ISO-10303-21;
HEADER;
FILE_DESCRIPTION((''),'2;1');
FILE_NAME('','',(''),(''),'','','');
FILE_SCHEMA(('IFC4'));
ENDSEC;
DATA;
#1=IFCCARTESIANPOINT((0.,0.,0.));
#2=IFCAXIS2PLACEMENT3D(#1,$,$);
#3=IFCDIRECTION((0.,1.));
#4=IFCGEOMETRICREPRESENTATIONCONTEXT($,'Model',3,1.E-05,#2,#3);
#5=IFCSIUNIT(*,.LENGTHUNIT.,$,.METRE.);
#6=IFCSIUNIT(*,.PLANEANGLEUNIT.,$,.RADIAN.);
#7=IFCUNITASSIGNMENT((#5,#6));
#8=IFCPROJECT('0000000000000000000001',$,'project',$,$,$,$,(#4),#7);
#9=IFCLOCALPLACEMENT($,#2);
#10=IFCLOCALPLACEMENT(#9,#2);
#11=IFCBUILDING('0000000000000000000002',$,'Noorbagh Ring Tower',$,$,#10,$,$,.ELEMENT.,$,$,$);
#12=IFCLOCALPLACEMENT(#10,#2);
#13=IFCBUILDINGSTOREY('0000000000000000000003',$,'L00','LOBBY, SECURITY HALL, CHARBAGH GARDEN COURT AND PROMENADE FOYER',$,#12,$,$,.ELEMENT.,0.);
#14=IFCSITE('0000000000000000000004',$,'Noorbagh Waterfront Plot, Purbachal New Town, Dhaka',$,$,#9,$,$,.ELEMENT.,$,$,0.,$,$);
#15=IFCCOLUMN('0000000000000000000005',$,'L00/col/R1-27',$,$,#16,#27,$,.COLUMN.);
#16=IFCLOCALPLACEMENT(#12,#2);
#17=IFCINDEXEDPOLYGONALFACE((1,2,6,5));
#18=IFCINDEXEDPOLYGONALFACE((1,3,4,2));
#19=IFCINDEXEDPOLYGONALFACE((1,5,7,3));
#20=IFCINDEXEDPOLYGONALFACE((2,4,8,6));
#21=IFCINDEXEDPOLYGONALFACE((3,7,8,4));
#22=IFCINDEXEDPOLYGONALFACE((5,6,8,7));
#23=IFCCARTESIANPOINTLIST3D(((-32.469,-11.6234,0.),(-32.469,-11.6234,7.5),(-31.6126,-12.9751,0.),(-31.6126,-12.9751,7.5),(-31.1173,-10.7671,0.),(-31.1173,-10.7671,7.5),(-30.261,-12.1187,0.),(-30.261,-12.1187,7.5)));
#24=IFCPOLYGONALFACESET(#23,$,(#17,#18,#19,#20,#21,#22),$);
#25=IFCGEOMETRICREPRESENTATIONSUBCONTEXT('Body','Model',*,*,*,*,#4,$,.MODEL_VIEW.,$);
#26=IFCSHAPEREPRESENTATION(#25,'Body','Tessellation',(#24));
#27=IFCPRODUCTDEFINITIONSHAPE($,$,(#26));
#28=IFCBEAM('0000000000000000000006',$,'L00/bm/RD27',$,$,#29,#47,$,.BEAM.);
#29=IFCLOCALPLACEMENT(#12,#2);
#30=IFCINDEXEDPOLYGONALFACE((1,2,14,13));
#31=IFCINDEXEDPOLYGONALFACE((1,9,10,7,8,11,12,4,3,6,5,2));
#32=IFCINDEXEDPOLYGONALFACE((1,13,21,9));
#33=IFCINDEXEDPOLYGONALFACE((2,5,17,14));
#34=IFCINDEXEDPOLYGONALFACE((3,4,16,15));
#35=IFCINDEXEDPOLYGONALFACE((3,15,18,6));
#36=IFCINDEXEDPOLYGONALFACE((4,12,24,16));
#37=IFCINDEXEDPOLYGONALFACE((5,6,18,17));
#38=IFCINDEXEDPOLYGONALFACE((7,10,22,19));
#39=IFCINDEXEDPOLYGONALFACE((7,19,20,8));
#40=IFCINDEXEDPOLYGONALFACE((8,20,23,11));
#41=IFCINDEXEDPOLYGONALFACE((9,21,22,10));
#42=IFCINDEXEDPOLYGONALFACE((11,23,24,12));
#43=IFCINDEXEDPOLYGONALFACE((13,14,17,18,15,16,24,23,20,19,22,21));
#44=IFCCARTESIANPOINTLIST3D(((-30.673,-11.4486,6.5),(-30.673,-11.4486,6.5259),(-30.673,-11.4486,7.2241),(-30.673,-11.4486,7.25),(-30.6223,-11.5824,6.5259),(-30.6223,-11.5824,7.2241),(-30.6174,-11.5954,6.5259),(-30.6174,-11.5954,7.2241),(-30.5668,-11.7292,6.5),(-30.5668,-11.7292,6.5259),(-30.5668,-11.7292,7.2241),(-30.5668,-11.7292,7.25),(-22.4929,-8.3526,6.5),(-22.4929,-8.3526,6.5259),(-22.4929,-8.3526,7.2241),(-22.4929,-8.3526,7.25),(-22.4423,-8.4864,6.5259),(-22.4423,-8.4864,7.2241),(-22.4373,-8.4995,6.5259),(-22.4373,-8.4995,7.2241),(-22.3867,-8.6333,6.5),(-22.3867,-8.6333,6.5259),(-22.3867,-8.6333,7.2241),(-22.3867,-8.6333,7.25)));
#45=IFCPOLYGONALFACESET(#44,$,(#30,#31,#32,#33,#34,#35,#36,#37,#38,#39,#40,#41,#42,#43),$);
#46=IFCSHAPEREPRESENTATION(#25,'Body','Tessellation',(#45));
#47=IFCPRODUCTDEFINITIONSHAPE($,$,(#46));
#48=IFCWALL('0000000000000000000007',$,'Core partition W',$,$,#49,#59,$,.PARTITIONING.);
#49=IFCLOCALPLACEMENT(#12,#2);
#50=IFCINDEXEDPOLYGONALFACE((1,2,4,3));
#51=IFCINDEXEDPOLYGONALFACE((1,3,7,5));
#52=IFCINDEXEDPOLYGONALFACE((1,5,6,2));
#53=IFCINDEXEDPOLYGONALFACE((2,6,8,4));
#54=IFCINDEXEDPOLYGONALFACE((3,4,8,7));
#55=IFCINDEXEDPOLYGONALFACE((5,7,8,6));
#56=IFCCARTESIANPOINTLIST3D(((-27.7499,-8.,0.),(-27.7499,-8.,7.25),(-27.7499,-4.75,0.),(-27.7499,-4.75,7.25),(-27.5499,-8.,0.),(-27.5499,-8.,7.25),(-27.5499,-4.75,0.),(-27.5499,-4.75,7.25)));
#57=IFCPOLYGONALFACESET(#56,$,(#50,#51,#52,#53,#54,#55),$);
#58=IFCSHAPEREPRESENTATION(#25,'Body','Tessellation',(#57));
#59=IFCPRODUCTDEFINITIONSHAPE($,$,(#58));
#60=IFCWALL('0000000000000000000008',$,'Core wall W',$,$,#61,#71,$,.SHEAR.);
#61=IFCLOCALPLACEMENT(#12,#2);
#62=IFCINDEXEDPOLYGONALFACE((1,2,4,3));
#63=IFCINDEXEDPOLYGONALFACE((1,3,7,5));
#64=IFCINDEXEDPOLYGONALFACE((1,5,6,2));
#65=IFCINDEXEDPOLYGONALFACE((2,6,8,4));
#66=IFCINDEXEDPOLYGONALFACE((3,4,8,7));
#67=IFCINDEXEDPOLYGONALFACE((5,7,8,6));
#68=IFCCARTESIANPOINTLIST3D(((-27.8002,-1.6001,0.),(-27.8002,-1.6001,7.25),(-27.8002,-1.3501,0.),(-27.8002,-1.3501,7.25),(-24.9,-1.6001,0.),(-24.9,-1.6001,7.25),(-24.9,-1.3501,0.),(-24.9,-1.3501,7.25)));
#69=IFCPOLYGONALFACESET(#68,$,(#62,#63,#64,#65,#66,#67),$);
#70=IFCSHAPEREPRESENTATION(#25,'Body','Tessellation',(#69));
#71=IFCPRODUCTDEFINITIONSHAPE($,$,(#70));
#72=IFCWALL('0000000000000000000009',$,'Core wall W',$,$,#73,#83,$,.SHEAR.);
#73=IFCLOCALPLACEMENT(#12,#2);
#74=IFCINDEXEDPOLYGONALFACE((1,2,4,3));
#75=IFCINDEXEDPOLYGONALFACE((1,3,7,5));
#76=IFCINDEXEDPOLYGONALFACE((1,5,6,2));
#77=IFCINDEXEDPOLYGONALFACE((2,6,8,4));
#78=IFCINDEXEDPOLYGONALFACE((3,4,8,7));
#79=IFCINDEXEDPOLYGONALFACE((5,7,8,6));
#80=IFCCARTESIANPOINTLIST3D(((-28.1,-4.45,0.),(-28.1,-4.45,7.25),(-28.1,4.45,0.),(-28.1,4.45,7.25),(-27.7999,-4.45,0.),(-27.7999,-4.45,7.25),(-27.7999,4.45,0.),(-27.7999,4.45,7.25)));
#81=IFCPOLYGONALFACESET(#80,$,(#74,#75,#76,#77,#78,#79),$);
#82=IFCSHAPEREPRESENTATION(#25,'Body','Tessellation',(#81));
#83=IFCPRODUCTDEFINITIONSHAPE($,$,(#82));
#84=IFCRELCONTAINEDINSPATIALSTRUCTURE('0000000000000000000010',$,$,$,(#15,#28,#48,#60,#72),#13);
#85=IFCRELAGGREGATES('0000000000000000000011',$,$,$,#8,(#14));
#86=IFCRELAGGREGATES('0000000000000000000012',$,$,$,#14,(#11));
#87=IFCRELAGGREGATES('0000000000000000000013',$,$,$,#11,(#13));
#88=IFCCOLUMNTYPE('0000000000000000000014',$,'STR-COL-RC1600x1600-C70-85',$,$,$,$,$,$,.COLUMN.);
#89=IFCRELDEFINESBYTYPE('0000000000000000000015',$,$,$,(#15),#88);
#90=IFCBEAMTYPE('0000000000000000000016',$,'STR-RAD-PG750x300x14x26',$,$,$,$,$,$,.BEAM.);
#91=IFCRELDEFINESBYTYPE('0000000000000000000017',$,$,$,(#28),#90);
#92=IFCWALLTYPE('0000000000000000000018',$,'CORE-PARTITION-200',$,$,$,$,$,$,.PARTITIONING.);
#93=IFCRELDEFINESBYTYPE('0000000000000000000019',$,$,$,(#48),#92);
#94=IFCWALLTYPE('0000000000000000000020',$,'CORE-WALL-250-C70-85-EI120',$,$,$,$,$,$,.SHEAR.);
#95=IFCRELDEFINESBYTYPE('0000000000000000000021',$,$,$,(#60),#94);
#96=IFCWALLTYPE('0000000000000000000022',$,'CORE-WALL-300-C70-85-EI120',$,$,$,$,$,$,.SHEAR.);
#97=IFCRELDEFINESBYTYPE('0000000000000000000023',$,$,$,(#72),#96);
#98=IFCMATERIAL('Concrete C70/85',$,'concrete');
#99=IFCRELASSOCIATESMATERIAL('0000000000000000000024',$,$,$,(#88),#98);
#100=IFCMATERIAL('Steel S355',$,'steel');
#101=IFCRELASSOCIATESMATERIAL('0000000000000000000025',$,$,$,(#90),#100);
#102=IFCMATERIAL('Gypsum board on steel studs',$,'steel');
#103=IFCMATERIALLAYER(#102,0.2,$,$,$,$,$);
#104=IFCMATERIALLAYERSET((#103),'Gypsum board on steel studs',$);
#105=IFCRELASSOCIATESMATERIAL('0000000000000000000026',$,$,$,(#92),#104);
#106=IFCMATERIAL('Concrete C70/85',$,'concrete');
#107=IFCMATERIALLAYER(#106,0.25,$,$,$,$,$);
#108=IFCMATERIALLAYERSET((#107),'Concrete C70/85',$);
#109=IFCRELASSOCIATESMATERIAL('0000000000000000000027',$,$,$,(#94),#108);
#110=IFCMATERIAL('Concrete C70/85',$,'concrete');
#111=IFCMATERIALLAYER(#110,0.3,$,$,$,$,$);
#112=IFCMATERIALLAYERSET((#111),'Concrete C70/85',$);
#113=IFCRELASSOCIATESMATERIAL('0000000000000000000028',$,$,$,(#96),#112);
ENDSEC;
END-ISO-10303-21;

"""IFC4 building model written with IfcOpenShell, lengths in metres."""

from ifc_helpers import new_model, si_unit, direction, frame, frame_2d, origin, origin_2d, place, context, subcontext, project, spatial, rectangle, i_section, extrude, material, layer, layer_set, material_profile, profile_set, type_object, element, save


model = new_model("IFC4")

# Units and contexts
model_context = context("Model", 3, precision=1e-05, world=origin(), true_north=direction((0.0, 1.0)))
body_context = subcontext(model_context, "Body", "Model", "MODEL_VIEW")
ifc_project = project(units=[si_unit("LENGTHUNIT", "METRE"), si_unit("PLANEANGLEUNIT", "RADIAN")], contexts=[model_context])

# Site, building, storey
site_placement = place(None, origin())
site = spatial("IfcSite", under=ifc_project, at=site_placement, Name="Noorbagh Waterfront Plot, Purbachal New Town, Dhaka", CompositionType="ELEMENT", RefElevation=0.0)
building_placement = place(site_placement, origin())
building = spatial("IfcBuilding", under=site, at=building_placement, Name="Noorbagh Ring Tower", CompositionType="ELEMENT")
storey_placement = place(building_placement, origin())
storey = spatial("IfcBuildingStorey", under=building, at=storey_placement, Name="L00", Description="LOBBY, SECURITY HALL, CHARBAGH GARDEN COURT AND PROMENADE FOYER", CompositionType="ELEMENT", Elevation=0.0)

# Column
ifc_material_1 = material(Name="Concrete C70/85", Category="concrete")
ifc_material_profile_1 = material_profile(ifc_material_1, rectangle(XDim=1.6001, YDim=1.6001, at=origin_2d()), Name="RC1600x1600")
ifc_profile_set_1 = profile_set([ifc_material_profile_1], Name="Concrete C70/85")
column_type = type_object("IfcColumnType", Name="STR-COL-RC1600x1600-C70-85", PredefinedType="COLUMN", material=ifc_profile_set_1)
column_placement = place(storey_placement, frame((-31.365, -11.8711, 0.0), z_axis=(0.0, 0.0, 1.0), x_axis=(0.53519, -0.844731, 0.0)))
element("IfcColumn", 1, at=column_placement, inside=storey, type_object=column_type, Name="L00/col/R1-27", PredefinedType="COLUMN", context=body_context, shape_type="SweptSolid", body=[
    extrude(rectangle(XDim=1.6001, YDim=1.6001, at=origin_2d()), origin(), (0.0, 0.0, 1.0), 7.5),
])

# Beam
ifc_material_2 = material(Name="Steel S355", Category="steel")
ifc_material_profile_2 = material_profile(ifc_material_2, i_section(OverallWidth=0.3, OverallDepth=0.75, WebThickness=0.0139, FlangeThickness=0.0259, at=origin_2d()), Name="PG750x300x14x26")
ifc_profile_set_2 = profile_set([ifc_material_profile_2], Name="Steel S355")
beam_type = type_object("IfcBeamType", Name="STR-RAD-PG750x300x14x26", PredefinedType="BEAM", material=ifc_profile_set_2)
beam_placement = place(storey_placement, frame((-30.6199, -11.5889, 6.875), z_axis=(0.935258, 0.353967, 0.0), x_axis=(-0.353967, 0.935258, 0.0)))
element("IfcBeam", 2, at=beam_placement, inside=storey, type_object=beam_type, Name="L00/bm/RD27", PredefinedType="BEAM", context=body_context, shape_type="SweptSolid", body=[
    extrude(i_section(OverallWidth=0.3, OverallDepth=0.75, WebThickness=0.0139, FlangeThickness=0.0259, at=origin_2d()), origin(), (0.0, 0.0, 1.0), 8.7463),
])

# Walls
ifc_material_3 = material(Name="Gypsum board on steel studs", Category="steel")
ifc_layer_1 = layer(ifc_material_3, 0.2)
ifc_layer_set_1 = layer_set([ifc_layer_1], Name="Gypsum board on steel studs")
wall_type_1 = type_object("IfcWallType", Name="CORE-PARTITION-200", PredefinedType="PARTITIONING", material=ifc_layer_set_1)
wall_1_placement = place(storey_placement, frame((-27.6499, -8.0, 0.0), z_axis=(0.0, 0.0, 1.0), x_axis=(0.0, 1.0, 0.0)))
element("IfcWall", 3, at=wall_1_placement, inside=storey, type_object=wall_type_1, Name="Core partition W", PredefinedType="PARTITIONING", context=body_context, shape_type="SweptSolid", body=[
    extrude(rectangle(XDim=3.25, YDim=0.2, at=frame_2d((1.625, 0.0))), origin(), (0.0, 0.0, 1.0), 7.25),
])
ifc_material_4 = material(Name="Concrete C70/85", Category="concrete")
ifc_layer_2 = layer(ifc_material_4, 0.25)
ifc_layer_set_2 = layer_set([ifc_layer_2], Name="Concrete C70/85")
wall_type_2 = type_object("IfcWallType", Name="CORE-WALL-250-C70-85-EI120", PredefinedType="SHEAR", material=ifc_layer_set_2)
wall_2_placement = place(storey_placement, frame((-24.8999, -1.4751, 0.0), z_axis=(0.0, 0.0, 1.0), x_axis=(-1.0, 0.0, 0.0)))
element("IfcWall", 4, at=wall_2_placement, inside=storey, type_object=wall_type_2, Name="Core wall W", PredefinedType="SHEAR", context=body_context, shape_type="SweptSolid", body=[
    extrude(rectangle(XDim=2.9001, YDim=0.25, at=frame_2d((1.4502, 0.0))), origin(), (0.0, 0.0, 1.0), 7.25),
])
ifc_material_5 = material(Name="Concrete C70/85", Category="concrete")
ifc_layer_3 = layer(ifc_material_5, 0.3)
ifc_layer_set_3 = layer_set([ifc_layer_3], Name="Concrete C70/85")
wall_type_3 = type_object("IfcWallType", Name="CORE-WALL-300-C70-85-EI120", PredefinedType="SHEAR", material=ifc_layer_set_3)
wall_3_placement = place(storey_placement, frame((-27.95, -4.45, 0.0), z_axis=(0.0, 0.0, 1.0), x_axis=(0.0, 1.0, 0.0)))
element("IfcWall", 5, at=wall_3_placement, inside=storey, type_object=wall_type_3, Name="Core wall W", PredefinedType="SHEAR", context=body_context, shape_type="SweptSolid", body=[
    extrude(rectangle(XDim=8.8999, YDim=0.3, at=frame_2d((4.45, 0.0))), origin(), (0.0, 0.0, 1.0), 7.25),
])

save(model, "model.ifc")
